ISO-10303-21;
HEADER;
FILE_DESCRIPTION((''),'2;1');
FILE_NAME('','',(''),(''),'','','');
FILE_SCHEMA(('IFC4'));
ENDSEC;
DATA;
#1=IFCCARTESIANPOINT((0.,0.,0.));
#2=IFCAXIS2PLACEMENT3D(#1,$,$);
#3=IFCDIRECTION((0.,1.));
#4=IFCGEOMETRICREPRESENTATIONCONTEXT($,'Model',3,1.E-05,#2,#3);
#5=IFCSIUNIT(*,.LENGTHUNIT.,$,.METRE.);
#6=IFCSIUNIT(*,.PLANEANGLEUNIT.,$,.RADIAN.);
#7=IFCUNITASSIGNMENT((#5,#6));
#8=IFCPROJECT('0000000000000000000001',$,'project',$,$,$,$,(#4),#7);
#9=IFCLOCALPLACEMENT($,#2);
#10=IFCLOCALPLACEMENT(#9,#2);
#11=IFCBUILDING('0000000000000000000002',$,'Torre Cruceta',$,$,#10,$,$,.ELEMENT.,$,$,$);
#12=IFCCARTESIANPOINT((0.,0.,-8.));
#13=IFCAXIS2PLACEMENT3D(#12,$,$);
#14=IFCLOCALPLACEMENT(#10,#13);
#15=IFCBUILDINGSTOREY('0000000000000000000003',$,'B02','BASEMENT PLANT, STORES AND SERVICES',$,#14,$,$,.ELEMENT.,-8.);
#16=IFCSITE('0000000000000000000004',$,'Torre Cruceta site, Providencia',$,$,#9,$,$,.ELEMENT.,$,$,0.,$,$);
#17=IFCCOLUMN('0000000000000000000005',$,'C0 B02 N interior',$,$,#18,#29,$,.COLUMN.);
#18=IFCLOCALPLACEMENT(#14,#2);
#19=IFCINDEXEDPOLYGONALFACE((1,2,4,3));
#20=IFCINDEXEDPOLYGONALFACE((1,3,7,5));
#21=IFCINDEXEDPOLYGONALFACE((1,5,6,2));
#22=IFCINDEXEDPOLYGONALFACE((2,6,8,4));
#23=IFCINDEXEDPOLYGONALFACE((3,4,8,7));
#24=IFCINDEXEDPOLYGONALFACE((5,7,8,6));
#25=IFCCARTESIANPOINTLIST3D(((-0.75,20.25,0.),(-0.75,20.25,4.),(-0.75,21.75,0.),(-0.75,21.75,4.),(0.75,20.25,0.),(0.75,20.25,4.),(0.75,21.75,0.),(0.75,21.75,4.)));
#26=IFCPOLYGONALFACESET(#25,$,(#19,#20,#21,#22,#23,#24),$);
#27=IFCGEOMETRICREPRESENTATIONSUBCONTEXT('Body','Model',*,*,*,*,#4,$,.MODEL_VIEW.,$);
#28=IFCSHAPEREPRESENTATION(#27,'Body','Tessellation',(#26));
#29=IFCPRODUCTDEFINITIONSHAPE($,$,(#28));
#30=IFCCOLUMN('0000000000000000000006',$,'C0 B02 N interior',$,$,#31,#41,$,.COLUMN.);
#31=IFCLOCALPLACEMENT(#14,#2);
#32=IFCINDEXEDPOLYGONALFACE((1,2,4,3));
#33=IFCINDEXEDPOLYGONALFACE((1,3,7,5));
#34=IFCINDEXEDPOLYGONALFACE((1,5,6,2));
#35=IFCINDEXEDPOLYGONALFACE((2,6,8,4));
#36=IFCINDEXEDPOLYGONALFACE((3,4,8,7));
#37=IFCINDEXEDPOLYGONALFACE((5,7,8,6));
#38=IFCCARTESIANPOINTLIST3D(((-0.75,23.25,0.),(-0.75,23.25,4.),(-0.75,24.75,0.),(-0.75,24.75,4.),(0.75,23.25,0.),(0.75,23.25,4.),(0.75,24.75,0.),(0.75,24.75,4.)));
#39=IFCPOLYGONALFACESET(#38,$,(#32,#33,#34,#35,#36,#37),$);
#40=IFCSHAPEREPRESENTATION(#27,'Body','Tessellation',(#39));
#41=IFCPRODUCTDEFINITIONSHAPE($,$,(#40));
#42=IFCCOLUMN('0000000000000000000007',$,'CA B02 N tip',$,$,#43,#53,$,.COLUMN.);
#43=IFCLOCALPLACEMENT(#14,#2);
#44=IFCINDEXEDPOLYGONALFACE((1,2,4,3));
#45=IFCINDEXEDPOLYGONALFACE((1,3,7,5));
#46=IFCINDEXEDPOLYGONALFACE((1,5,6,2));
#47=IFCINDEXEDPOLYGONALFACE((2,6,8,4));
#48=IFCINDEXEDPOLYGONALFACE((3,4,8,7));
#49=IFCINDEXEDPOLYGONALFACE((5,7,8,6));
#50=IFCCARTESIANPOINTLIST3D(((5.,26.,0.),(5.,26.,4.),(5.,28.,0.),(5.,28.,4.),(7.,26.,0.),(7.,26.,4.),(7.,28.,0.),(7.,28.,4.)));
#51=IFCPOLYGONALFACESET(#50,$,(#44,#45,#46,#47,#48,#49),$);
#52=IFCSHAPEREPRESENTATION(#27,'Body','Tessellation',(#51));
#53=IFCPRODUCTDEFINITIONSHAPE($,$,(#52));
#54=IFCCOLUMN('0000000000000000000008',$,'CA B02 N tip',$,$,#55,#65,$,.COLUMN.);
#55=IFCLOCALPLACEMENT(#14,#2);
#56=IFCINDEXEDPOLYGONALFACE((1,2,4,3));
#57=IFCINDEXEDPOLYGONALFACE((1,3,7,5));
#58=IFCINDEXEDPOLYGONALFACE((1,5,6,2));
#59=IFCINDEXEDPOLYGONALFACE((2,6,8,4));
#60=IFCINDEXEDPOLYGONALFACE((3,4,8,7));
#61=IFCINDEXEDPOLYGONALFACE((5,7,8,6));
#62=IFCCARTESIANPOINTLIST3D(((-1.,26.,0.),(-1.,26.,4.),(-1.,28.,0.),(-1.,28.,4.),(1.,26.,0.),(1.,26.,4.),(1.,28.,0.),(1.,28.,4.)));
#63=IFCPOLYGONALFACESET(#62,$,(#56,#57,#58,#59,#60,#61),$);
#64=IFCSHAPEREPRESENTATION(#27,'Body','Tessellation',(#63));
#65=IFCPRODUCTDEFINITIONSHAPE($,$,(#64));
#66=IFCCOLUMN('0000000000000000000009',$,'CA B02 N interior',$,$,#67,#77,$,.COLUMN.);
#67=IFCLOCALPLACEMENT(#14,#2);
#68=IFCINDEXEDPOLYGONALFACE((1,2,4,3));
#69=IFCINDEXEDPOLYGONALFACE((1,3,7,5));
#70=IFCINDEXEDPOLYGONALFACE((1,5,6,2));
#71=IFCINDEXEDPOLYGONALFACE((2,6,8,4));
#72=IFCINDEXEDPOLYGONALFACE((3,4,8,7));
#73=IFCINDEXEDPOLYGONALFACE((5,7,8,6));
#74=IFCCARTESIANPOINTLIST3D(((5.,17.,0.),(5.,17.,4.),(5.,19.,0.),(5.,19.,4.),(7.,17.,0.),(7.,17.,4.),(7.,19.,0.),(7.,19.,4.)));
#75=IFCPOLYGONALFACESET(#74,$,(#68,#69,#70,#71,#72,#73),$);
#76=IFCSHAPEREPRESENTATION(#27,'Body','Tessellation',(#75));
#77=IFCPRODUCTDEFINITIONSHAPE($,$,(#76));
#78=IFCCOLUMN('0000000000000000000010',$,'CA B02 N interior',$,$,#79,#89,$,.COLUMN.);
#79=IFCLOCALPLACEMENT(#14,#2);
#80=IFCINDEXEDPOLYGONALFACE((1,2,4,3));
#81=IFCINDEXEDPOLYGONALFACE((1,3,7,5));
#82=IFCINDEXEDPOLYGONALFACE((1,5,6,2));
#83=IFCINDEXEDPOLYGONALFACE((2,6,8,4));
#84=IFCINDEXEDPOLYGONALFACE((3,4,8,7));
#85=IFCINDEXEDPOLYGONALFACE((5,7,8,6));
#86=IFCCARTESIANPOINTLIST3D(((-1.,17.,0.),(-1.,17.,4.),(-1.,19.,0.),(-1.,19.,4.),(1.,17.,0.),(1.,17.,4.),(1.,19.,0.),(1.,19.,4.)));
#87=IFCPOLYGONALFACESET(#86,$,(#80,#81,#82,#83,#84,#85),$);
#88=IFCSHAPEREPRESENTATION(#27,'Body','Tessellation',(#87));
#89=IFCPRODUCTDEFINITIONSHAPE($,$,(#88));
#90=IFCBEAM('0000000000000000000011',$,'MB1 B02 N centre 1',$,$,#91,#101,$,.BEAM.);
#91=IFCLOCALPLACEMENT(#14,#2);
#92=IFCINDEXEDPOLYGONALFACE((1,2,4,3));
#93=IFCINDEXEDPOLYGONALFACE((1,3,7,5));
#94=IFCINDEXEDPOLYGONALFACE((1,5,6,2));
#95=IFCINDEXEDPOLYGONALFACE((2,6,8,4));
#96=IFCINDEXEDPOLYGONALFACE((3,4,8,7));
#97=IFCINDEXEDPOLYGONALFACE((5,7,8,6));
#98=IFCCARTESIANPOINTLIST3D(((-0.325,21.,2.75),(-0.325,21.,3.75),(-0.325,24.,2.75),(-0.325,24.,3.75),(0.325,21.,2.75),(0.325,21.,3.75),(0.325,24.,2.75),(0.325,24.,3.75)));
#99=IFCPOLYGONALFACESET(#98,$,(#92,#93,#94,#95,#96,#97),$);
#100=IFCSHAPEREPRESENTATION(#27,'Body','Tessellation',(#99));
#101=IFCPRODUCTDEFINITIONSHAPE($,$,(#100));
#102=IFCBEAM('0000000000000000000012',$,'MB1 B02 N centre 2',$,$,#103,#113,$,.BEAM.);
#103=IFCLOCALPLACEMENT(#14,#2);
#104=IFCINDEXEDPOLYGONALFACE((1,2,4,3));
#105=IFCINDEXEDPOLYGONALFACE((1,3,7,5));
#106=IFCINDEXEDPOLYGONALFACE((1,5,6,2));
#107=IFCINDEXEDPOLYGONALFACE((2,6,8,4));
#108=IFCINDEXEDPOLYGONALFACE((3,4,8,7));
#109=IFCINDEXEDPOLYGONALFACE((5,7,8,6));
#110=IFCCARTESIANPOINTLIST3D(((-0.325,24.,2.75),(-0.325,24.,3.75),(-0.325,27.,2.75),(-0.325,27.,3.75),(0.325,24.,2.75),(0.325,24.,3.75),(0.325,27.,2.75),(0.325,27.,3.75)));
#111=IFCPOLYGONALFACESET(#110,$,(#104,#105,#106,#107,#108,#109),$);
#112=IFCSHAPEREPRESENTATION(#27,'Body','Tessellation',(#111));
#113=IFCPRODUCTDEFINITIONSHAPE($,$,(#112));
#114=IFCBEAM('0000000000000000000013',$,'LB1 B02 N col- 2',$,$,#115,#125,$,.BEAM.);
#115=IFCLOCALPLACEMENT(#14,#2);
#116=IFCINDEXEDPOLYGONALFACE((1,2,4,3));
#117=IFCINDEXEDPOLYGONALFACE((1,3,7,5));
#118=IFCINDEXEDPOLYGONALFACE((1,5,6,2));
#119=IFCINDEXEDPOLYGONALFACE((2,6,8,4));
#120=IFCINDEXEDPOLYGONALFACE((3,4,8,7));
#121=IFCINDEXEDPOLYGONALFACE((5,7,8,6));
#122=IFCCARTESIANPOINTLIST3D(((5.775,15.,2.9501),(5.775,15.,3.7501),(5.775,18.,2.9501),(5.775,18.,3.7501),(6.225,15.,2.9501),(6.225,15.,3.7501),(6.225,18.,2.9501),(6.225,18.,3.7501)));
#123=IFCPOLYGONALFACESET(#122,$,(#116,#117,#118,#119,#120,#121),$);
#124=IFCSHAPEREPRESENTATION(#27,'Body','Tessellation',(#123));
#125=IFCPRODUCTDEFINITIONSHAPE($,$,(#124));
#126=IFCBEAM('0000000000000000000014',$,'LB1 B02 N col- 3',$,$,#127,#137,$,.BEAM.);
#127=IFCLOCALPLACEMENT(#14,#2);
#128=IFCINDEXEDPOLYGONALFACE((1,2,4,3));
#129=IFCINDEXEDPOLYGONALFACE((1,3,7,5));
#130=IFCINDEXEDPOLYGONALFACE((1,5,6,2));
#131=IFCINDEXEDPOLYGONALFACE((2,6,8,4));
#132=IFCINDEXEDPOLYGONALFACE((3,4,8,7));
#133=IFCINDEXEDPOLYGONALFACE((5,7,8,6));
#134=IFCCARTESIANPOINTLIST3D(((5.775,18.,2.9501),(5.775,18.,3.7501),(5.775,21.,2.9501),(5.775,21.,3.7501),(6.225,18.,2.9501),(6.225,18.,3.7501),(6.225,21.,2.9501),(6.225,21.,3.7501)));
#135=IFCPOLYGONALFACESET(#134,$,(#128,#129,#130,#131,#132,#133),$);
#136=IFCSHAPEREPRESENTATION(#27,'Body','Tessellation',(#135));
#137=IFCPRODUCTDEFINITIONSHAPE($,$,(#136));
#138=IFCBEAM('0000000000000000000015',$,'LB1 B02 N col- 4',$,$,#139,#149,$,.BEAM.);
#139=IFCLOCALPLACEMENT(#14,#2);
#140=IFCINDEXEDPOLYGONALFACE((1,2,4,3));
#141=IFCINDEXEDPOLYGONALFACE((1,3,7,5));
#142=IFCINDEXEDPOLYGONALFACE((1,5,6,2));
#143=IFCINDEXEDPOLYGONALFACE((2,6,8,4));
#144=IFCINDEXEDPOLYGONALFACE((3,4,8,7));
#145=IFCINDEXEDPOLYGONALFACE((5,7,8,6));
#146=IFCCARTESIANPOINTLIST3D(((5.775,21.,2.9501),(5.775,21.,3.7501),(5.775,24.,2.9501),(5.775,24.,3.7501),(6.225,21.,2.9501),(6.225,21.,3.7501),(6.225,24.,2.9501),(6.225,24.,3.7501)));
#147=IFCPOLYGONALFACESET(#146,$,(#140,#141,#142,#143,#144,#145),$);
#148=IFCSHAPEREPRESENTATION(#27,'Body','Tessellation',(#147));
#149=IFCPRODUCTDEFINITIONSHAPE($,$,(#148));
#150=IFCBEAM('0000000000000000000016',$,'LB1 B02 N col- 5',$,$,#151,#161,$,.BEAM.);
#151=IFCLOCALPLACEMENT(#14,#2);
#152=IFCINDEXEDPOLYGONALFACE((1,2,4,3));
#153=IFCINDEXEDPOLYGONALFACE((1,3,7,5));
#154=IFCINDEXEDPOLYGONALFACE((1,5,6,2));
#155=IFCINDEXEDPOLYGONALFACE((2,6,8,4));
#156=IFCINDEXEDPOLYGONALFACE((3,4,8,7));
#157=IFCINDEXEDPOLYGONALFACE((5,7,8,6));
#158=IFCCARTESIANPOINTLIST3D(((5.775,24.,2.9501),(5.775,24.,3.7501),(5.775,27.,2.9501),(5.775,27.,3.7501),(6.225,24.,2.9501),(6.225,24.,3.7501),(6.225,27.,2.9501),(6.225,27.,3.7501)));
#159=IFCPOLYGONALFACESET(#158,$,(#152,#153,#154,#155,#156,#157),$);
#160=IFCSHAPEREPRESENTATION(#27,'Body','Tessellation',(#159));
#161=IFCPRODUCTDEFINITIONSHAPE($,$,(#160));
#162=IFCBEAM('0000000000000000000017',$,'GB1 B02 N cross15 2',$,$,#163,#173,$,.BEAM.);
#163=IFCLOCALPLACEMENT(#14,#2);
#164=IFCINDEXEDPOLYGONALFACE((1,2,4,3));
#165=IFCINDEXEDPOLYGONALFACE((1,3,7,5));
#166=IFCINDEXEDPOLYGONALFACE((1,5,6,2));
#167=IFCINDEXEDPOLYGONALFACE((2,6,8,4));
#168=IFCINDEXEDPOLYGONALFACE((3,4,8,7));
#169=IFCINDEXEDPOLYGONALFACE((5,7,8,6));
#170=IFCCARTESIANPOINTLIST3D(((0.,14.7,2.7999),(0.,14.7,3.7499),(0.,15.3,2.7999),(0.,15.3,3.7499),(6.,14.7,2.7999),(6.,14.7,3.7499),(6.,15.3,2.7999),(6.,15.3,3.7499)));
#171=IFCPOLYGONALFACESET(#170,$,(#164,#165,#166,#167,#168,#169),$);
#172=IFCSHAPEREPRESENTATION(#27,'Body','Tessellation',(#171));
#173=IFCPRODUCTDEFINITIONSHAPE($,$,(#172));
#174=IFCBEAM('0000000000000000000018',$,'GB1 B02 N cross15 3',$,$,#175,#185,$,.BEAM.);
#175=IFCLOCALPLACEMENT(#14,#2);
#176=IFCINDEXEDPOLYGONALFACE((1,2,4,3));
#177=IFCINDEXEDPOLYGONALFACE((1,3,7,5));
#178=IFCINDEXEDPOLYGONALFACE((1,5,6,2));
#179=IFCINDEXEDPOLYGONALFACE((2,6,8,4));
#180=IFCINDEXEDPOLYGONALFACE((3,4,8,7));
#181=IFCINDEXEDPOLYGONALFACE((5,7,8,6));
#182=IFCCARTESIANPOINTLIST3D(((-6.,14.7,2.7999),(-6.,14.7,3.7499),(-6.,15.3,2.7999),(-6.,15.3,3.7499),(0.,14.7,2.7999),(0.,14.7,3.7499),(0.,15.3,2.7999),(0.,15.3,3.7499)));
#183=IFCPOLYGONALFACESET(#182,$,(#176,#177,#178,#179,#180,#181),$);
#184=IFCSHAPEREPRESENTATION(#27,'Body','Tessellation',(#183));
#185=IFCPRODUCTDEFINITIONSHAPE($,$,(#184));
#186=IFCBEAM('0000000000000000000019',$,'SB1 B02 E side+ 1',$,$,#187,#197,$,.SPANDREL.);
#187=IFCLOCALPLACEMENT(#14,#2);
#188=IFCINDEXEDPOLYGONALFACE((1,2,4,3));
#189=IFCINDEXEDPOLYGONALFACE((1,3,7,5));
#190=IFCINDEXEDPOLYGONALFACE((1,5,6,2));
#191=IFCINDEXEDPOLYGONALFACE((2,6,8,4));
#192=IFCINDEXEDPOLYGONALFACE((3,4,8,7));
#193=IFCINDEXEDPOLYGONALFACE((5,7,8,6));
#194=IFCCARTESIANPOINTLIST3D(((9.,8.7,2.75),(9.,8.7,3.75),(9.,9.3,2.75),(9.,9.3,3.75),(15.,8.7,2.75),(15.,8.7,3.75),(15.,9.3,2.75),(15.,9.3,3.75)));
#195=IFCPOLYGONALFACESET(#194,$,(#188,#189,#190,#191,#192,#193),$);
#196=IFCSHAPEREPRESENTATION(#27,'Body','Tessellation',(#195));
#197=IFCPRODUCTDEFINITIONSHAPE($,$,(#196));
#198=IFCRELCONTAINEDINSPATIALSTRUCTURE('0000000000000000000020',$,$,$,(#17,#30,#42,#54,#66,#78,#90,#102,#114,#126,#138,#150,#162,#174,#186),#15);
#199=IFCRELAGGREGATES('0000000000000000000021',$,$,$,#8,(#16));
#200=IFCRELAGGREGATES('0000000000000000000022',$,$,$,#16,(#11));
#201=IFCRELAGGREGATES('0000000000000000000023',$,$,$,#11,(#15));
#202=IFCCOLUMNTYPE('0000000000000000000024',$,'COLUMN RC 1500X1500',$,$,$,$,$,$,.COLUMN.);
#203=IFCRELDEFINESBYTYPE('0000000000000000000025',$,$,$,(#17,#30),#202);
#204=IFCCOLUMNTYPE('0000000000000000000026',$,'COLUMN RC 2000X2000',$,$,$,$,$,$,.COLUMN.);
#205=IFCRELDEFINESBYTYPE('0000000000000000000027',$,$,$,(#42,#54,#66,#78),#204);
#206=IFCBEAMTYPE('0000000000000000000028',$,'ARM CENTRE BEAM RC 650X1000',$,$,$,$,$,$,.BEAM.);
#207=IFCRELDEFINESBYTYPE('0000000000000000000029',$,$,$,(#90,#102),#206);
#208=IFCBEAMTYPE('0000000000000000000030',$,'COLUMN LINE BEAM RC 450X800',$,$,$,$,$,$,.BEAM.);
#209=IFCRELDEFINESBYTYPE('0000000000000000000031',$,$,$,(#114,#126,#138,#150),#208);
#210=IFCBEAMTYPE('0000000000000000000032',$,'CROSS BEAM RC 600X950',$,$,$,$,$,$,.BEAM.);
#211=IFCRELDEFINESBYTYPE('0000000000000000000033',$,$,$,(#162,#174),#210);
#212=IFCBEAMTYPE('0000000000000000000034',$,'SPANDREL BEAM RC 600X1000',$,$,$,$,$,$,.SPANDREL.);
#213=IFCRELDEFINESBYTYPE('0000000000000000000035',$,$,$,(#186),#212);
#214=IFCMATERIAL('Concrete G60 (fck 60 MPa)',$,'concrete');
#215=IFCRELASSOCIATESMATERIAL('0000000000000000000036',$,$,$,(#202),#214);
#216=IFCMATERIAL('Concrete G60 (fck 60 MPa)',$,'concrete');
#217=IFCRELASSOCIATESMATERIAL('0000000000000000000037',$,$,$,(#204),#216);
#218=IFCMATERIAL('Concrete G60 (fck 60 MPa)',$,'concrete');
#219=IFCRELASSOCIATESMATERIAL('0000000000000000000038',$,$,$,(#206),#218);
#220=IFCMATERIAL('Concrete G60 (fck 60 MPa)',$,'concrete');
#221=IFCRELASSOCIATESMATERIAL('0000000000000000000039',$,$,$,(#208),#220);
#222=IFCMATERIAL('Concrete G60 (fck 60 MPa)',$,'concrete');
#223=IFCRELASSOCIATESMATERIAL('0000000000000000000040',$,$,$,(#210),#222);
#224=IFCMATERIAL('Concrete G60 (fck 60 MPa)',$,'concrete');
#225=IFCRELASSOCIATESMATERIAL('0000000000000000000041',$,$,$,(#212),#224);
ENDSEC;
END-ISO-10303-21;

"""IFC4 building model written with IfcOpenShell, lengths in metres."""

from ifc_helpers import new_model, si_unit, direction, frame, origin, origin_2d, place, context, subcontext, project, spatial, rectangle, extrude, material, material_profile, profile_set, type_object, element, save


model = new_model("IFC4")

# Units and contexts
model_context = context("Model", 3, precision=1e-05, world=origin(), true_north=direction((0.0, 1.0)))
body_context = subcontext(model_context, "Body", "Model", "MODEL_VIEW")
ifc_project = project(units=[si_unit("LENGTHUNIT", "METRE"), si_unit("PLANEANGLEUNIT", "RADIAN")], contexts=[model_context])

# Site, building, storey
site_placement = place(None, origin())
site = spatial("IfcSite", under=ifc_project, at=site_placement, Name="Torre Cruceta site, Providencia", CompositionType="ELEMENT", RefElevation=0.0)
building_placement = place(site_placement, origin())
building = spatial("IfcBuilding", under=site, at=building_placement, Name="Torre Cruceta", CompositionType="ELEMENT")
storey_placement = place(building_placement, frame((0.0, 0.0, -8.0)))
storey = spatial("IfcBuildingStorey", under=building, at=storey_placement, Name="B02", Description="BASEMENT PLANT, STORES AND SERVICES", CompositionType="ELEMENT", Elevation=-8.0)

# Columns
ifc_material_1 = material(Name="Concrete G60 (fck 60 MPa)", Category="concrete")
ifc_material_profile_1 = material_profile(ifc_material_1, rectangle(XDim=1.5, YDim=1.5, at=origin_2d()), Name="RC 1500X1500")
ifc_profile_set_1 = profile_set([ifc_material_profile_1], Name="Concrete G60 (fck 60 MPa)")
column_type_1 = type_object("IfcColumnType", Name="COLUMN RC 1500X1500", PredefinedType="COLUMN", material=ifc_profile_set_1)
for number, where, z_axis, x_axis, name in (
    (1, (0.0, 21.0, 0.0), (0.0, 0.0, 1.0), (1.0, 0.0, 0.0), "C0 B02 N interior"),
    (2, (0.0, 24.0, 0.0), (0.0, 0.0, 1.0), (1.0, 0.0, 0.0), "C0 B02 N interior"),
):
    element("IfcColumn", number, at=place(storey_placement, frame(where, z_axis=z_axis, x_axis=x_axis)), inside=storey, type_object=column_type_1, Name=name, PredefinedType="COLUMN", context=body_context, shape_type="SweptSolid", body=[
        extrude(rectangle(XDim=1.5, YDim=1.5, at=origin_2d()), origin(), (0.0, 0.0, 1.0), 4.0),
    ])
ifc_material_2 = material(Name="Concrete G60 (fck 60 MPa)", Category="concrete")
ifc_material_profile_2 = material_profile(ifc_material_2, rectangle(XDim=2.0, YDim=2.0, at=origin_2d()), Name="RC 2000X2000")
ifc_profile_set_2 = profile_set([ifc_material_profile_2], Name="Concrete G60 (fck 60 MPa)")
column_type_2 = type_object("IfcColumnType", Name="COLUMN RC 2000X2000", PredefinedType="COLUMN", material=ifc_profile_set_2)
for number, where, z_axis, x_axis, name in (
    (3, (6.0, 27.0, 0.0), (0.0, 0.0, 1.0), (1.0, 0.0, 0.0), "CA B02 N tip"),
    (4, (0.0, 27.0, 0.0), (0.0, 0.0, 1.0), (1.0, 0.0, 0.0), "CA B02 N tip"),
    (5, (6.0, 18.0, 0.0), (0.0, 0.0, 1.0), (1.0, 0.0, 0.0), "CA B02 N interior"),
    (6, (0.0, 18.0, 0.0), (0.0, 0.0, 1.0), (1.0, 0.0, 0.0), "CA B02 N interior"),
):
    element("IfcColumn", number, at=place(storey_placement, frame(where, z_axis=z_axis, x_axis=x_axis)), inside=storey, type_object=column_type_2, Name=name, PredefinedType="COLUMN", context=body_context, shape_type="SweptSolid", body=[
        extrude(rectangle(XDim=2.0, YDim=2.0, at=origin_2d()), origin(), (0.0, 0.0, 1.0), 4.0),
    ])

# Beams
ifc_material_3 = material(Name="Concrete G60 (fck 60 MPa)", Category="concrete")
ifc_material_profile_3 = material_profile(ifc_material_3, rectangle(XDim=0.6499, YDim=1.0, at=origin_2d()), Name="RC 650X1000")
ifc_profile_set_3 = profile_set([ifc_material_profile_3], Name="Concrete G60 (fck 60 MPa)")
beam_type_1 = type_object("IfcBeamType", Name="ARM CENTRE BEAM RC 650X1000", PredefinedType="BEAM", material=ifc_profile_set_3)
for number, where, z_axis, x_axis, name in (
    (7, (0.0, 21.0, 3.25), (0.0, 1.0, 0.0), (-1.0, 0.0, 0.0), "MB1 B02 N centre 1"),
    (8, (0.0, 24.0, 3.25), (0.0, 1.0, 0.0), (-1.0, 0.0, 0.0), "MB1 B02 N centre 2"),
):
    element("IfcBeam", number, at=place(storey_placement, frame(where, z_axis=z_axis, x_axis=x_axis)), inside=storey, type_object=beam_type_1, Name=name, PredefinedType="BEAM", context=body_context, shape_type="SweptSolid", body=[
        extrude(rectangle(XDim=0.6499, YDim=1.0, at=origin_2d()), origin(), (0.0, 0.0, 1.0), 3.0),
    ])
ifc_material_4 = material(Name="Concrete G60 (fck 60 MPa)", Category="concrete")
ifc_material_profile_4 = material_profile(ifc_material_4, rectangle(XDim=0.45, YDim=0.8, at=origin_2d()), Name="RC 450X800")
ifc_profile_set_4 = profile_set([ifc_material_profile_4], Name="Concrete G60 (fck 60 MPa)")
beam_type_2 = type_object("IfcBeamType", Name="COLUMN LINE BEAM RC 450X800", PredefinedType="BEAM", material=ifc_profile_set_4)
for number, where, z_axis, x_axis, name in (
    (9, (6.0, 15.0, 3.3501), (0.0, 1.0, 0.0), (-1.0, 0.0, 0.0), "LB1 B02 N col- 2"),
    (10, (6.0, 18.0, 3.3501), (0.0, 1.0, 0.0), (-1.0, 0.0, 0.0), "LB1 B02 N col- 3"),
    (11, (6.0, 21.0, 3.3501), (0.0, 1.0, 0.0), (-1.0, 0.0, 0.0), "LB1 B02 N col- 4"),
    (12, (6.0, 24.0, 3.3501), (0.0, 1.0, 0.0), (-1.0, 0.0, 0.0), "LB1 B02 N col- 5"),
):
    element("IfcBeam", number, at=place(storey_placement, frame(where, z_axis=z_axis, x_axis=x_axis)), inside=storey, type_object=beam_type_2, Name=name, PredefinedType="BEAM", context=body_context, shape_type="SweptSolid", body=[
        extrude(rectangle(XDim=0.45, YDim=0.8, at=origin_2d()), origin(), (0.0, 0.0, 1.0), 3.0),
    ])
ifc_material_5 = material(Name="Concrete G60 (fck 60 MPa)", Category="concrete")
ifc_material_profile_5 = material_profile(ifc_material_5, rectangle(XDim=0.6001, YDim=0.95, at=origin_2d()), Name="RC 600X950")
ifc_profile_set_5 = profile_set([ifc_material_profile_5], Name="Concrete G60 (fck 60 MPa)")
beam_type_3 = type_object("IfcBeamType", Name="CROSS BEAM RC 600X950", PredefinedType="BEAM", material=ifc_profile_set_5)
for number, where, z_axis, x_axis, name in (
    (13, (6.0, 15.0, 3.2749), (-1.0, 0.0, 0.0), (0.0, -1.0, 0.0), "GB1 B02 N cross15 2"),
    (14, (0.0, 15.0, 3.2749), (-1.0, 0.0, 0.0), (0.0, -1.0, 0.0), "GB1 B02 N cross15 3"),
):
    element("IfcBeam", number, at=place(storey_placement, frame(where, z_axis=z_axis, x_axis=x_axis)), inside=storey, type_object=beam_type_3, Name=name, PredefinedType="BEAM", context=body_context, shape_type="SweptSolid", body=[
        extrude(rectangle(XDim=0.6001, YDim=0.95, at=origin_2d()), origin(), (0.0, 0.0, 1.0), 6.0),
    ])
ifc_material_6 = material(Name="Concrete G60 (fck 60 MPa)", Category="concrete")
ifc_material_profile_6 = material_profile(ifc_material_6, rectangle(XDim=0.6001, YDim=1.0, at=origin_2d()), Name="RC 600X1000")
ifc_profile_set_6 = profile_set([ifc_material_profile_6], Name="Concrete G60 (fck 60 MPa)")
beam_type_4 = type_object("IfcBeamType", Name="SPANDREL BEAM RC 600X1000", PredefinedType="SPANDREL", material=ifc_profile_set_6)
beam_1_placement = place(storey_placement, frame((9.0, 9.0, 3.25), z_axis=(1.0, 0.0, 0.0), x_axis=(0.0, 1.0, 0.0)))
element("IfcBeam", 15, at=beam_1_placement, inside=storey, type_object=beam_type_4, Name="SB1 B02 E side+ 1", PredefinedType="SPANDREL", context=body_context, shape_type="SweptSolid", body=[
    extrude(rectangle(XDim=0.6001, YDim=1.0, at=origin_2d()), origin(), (0.0, 0.0, 1.0), 6.0),
])

save(model, "model.ifc")
